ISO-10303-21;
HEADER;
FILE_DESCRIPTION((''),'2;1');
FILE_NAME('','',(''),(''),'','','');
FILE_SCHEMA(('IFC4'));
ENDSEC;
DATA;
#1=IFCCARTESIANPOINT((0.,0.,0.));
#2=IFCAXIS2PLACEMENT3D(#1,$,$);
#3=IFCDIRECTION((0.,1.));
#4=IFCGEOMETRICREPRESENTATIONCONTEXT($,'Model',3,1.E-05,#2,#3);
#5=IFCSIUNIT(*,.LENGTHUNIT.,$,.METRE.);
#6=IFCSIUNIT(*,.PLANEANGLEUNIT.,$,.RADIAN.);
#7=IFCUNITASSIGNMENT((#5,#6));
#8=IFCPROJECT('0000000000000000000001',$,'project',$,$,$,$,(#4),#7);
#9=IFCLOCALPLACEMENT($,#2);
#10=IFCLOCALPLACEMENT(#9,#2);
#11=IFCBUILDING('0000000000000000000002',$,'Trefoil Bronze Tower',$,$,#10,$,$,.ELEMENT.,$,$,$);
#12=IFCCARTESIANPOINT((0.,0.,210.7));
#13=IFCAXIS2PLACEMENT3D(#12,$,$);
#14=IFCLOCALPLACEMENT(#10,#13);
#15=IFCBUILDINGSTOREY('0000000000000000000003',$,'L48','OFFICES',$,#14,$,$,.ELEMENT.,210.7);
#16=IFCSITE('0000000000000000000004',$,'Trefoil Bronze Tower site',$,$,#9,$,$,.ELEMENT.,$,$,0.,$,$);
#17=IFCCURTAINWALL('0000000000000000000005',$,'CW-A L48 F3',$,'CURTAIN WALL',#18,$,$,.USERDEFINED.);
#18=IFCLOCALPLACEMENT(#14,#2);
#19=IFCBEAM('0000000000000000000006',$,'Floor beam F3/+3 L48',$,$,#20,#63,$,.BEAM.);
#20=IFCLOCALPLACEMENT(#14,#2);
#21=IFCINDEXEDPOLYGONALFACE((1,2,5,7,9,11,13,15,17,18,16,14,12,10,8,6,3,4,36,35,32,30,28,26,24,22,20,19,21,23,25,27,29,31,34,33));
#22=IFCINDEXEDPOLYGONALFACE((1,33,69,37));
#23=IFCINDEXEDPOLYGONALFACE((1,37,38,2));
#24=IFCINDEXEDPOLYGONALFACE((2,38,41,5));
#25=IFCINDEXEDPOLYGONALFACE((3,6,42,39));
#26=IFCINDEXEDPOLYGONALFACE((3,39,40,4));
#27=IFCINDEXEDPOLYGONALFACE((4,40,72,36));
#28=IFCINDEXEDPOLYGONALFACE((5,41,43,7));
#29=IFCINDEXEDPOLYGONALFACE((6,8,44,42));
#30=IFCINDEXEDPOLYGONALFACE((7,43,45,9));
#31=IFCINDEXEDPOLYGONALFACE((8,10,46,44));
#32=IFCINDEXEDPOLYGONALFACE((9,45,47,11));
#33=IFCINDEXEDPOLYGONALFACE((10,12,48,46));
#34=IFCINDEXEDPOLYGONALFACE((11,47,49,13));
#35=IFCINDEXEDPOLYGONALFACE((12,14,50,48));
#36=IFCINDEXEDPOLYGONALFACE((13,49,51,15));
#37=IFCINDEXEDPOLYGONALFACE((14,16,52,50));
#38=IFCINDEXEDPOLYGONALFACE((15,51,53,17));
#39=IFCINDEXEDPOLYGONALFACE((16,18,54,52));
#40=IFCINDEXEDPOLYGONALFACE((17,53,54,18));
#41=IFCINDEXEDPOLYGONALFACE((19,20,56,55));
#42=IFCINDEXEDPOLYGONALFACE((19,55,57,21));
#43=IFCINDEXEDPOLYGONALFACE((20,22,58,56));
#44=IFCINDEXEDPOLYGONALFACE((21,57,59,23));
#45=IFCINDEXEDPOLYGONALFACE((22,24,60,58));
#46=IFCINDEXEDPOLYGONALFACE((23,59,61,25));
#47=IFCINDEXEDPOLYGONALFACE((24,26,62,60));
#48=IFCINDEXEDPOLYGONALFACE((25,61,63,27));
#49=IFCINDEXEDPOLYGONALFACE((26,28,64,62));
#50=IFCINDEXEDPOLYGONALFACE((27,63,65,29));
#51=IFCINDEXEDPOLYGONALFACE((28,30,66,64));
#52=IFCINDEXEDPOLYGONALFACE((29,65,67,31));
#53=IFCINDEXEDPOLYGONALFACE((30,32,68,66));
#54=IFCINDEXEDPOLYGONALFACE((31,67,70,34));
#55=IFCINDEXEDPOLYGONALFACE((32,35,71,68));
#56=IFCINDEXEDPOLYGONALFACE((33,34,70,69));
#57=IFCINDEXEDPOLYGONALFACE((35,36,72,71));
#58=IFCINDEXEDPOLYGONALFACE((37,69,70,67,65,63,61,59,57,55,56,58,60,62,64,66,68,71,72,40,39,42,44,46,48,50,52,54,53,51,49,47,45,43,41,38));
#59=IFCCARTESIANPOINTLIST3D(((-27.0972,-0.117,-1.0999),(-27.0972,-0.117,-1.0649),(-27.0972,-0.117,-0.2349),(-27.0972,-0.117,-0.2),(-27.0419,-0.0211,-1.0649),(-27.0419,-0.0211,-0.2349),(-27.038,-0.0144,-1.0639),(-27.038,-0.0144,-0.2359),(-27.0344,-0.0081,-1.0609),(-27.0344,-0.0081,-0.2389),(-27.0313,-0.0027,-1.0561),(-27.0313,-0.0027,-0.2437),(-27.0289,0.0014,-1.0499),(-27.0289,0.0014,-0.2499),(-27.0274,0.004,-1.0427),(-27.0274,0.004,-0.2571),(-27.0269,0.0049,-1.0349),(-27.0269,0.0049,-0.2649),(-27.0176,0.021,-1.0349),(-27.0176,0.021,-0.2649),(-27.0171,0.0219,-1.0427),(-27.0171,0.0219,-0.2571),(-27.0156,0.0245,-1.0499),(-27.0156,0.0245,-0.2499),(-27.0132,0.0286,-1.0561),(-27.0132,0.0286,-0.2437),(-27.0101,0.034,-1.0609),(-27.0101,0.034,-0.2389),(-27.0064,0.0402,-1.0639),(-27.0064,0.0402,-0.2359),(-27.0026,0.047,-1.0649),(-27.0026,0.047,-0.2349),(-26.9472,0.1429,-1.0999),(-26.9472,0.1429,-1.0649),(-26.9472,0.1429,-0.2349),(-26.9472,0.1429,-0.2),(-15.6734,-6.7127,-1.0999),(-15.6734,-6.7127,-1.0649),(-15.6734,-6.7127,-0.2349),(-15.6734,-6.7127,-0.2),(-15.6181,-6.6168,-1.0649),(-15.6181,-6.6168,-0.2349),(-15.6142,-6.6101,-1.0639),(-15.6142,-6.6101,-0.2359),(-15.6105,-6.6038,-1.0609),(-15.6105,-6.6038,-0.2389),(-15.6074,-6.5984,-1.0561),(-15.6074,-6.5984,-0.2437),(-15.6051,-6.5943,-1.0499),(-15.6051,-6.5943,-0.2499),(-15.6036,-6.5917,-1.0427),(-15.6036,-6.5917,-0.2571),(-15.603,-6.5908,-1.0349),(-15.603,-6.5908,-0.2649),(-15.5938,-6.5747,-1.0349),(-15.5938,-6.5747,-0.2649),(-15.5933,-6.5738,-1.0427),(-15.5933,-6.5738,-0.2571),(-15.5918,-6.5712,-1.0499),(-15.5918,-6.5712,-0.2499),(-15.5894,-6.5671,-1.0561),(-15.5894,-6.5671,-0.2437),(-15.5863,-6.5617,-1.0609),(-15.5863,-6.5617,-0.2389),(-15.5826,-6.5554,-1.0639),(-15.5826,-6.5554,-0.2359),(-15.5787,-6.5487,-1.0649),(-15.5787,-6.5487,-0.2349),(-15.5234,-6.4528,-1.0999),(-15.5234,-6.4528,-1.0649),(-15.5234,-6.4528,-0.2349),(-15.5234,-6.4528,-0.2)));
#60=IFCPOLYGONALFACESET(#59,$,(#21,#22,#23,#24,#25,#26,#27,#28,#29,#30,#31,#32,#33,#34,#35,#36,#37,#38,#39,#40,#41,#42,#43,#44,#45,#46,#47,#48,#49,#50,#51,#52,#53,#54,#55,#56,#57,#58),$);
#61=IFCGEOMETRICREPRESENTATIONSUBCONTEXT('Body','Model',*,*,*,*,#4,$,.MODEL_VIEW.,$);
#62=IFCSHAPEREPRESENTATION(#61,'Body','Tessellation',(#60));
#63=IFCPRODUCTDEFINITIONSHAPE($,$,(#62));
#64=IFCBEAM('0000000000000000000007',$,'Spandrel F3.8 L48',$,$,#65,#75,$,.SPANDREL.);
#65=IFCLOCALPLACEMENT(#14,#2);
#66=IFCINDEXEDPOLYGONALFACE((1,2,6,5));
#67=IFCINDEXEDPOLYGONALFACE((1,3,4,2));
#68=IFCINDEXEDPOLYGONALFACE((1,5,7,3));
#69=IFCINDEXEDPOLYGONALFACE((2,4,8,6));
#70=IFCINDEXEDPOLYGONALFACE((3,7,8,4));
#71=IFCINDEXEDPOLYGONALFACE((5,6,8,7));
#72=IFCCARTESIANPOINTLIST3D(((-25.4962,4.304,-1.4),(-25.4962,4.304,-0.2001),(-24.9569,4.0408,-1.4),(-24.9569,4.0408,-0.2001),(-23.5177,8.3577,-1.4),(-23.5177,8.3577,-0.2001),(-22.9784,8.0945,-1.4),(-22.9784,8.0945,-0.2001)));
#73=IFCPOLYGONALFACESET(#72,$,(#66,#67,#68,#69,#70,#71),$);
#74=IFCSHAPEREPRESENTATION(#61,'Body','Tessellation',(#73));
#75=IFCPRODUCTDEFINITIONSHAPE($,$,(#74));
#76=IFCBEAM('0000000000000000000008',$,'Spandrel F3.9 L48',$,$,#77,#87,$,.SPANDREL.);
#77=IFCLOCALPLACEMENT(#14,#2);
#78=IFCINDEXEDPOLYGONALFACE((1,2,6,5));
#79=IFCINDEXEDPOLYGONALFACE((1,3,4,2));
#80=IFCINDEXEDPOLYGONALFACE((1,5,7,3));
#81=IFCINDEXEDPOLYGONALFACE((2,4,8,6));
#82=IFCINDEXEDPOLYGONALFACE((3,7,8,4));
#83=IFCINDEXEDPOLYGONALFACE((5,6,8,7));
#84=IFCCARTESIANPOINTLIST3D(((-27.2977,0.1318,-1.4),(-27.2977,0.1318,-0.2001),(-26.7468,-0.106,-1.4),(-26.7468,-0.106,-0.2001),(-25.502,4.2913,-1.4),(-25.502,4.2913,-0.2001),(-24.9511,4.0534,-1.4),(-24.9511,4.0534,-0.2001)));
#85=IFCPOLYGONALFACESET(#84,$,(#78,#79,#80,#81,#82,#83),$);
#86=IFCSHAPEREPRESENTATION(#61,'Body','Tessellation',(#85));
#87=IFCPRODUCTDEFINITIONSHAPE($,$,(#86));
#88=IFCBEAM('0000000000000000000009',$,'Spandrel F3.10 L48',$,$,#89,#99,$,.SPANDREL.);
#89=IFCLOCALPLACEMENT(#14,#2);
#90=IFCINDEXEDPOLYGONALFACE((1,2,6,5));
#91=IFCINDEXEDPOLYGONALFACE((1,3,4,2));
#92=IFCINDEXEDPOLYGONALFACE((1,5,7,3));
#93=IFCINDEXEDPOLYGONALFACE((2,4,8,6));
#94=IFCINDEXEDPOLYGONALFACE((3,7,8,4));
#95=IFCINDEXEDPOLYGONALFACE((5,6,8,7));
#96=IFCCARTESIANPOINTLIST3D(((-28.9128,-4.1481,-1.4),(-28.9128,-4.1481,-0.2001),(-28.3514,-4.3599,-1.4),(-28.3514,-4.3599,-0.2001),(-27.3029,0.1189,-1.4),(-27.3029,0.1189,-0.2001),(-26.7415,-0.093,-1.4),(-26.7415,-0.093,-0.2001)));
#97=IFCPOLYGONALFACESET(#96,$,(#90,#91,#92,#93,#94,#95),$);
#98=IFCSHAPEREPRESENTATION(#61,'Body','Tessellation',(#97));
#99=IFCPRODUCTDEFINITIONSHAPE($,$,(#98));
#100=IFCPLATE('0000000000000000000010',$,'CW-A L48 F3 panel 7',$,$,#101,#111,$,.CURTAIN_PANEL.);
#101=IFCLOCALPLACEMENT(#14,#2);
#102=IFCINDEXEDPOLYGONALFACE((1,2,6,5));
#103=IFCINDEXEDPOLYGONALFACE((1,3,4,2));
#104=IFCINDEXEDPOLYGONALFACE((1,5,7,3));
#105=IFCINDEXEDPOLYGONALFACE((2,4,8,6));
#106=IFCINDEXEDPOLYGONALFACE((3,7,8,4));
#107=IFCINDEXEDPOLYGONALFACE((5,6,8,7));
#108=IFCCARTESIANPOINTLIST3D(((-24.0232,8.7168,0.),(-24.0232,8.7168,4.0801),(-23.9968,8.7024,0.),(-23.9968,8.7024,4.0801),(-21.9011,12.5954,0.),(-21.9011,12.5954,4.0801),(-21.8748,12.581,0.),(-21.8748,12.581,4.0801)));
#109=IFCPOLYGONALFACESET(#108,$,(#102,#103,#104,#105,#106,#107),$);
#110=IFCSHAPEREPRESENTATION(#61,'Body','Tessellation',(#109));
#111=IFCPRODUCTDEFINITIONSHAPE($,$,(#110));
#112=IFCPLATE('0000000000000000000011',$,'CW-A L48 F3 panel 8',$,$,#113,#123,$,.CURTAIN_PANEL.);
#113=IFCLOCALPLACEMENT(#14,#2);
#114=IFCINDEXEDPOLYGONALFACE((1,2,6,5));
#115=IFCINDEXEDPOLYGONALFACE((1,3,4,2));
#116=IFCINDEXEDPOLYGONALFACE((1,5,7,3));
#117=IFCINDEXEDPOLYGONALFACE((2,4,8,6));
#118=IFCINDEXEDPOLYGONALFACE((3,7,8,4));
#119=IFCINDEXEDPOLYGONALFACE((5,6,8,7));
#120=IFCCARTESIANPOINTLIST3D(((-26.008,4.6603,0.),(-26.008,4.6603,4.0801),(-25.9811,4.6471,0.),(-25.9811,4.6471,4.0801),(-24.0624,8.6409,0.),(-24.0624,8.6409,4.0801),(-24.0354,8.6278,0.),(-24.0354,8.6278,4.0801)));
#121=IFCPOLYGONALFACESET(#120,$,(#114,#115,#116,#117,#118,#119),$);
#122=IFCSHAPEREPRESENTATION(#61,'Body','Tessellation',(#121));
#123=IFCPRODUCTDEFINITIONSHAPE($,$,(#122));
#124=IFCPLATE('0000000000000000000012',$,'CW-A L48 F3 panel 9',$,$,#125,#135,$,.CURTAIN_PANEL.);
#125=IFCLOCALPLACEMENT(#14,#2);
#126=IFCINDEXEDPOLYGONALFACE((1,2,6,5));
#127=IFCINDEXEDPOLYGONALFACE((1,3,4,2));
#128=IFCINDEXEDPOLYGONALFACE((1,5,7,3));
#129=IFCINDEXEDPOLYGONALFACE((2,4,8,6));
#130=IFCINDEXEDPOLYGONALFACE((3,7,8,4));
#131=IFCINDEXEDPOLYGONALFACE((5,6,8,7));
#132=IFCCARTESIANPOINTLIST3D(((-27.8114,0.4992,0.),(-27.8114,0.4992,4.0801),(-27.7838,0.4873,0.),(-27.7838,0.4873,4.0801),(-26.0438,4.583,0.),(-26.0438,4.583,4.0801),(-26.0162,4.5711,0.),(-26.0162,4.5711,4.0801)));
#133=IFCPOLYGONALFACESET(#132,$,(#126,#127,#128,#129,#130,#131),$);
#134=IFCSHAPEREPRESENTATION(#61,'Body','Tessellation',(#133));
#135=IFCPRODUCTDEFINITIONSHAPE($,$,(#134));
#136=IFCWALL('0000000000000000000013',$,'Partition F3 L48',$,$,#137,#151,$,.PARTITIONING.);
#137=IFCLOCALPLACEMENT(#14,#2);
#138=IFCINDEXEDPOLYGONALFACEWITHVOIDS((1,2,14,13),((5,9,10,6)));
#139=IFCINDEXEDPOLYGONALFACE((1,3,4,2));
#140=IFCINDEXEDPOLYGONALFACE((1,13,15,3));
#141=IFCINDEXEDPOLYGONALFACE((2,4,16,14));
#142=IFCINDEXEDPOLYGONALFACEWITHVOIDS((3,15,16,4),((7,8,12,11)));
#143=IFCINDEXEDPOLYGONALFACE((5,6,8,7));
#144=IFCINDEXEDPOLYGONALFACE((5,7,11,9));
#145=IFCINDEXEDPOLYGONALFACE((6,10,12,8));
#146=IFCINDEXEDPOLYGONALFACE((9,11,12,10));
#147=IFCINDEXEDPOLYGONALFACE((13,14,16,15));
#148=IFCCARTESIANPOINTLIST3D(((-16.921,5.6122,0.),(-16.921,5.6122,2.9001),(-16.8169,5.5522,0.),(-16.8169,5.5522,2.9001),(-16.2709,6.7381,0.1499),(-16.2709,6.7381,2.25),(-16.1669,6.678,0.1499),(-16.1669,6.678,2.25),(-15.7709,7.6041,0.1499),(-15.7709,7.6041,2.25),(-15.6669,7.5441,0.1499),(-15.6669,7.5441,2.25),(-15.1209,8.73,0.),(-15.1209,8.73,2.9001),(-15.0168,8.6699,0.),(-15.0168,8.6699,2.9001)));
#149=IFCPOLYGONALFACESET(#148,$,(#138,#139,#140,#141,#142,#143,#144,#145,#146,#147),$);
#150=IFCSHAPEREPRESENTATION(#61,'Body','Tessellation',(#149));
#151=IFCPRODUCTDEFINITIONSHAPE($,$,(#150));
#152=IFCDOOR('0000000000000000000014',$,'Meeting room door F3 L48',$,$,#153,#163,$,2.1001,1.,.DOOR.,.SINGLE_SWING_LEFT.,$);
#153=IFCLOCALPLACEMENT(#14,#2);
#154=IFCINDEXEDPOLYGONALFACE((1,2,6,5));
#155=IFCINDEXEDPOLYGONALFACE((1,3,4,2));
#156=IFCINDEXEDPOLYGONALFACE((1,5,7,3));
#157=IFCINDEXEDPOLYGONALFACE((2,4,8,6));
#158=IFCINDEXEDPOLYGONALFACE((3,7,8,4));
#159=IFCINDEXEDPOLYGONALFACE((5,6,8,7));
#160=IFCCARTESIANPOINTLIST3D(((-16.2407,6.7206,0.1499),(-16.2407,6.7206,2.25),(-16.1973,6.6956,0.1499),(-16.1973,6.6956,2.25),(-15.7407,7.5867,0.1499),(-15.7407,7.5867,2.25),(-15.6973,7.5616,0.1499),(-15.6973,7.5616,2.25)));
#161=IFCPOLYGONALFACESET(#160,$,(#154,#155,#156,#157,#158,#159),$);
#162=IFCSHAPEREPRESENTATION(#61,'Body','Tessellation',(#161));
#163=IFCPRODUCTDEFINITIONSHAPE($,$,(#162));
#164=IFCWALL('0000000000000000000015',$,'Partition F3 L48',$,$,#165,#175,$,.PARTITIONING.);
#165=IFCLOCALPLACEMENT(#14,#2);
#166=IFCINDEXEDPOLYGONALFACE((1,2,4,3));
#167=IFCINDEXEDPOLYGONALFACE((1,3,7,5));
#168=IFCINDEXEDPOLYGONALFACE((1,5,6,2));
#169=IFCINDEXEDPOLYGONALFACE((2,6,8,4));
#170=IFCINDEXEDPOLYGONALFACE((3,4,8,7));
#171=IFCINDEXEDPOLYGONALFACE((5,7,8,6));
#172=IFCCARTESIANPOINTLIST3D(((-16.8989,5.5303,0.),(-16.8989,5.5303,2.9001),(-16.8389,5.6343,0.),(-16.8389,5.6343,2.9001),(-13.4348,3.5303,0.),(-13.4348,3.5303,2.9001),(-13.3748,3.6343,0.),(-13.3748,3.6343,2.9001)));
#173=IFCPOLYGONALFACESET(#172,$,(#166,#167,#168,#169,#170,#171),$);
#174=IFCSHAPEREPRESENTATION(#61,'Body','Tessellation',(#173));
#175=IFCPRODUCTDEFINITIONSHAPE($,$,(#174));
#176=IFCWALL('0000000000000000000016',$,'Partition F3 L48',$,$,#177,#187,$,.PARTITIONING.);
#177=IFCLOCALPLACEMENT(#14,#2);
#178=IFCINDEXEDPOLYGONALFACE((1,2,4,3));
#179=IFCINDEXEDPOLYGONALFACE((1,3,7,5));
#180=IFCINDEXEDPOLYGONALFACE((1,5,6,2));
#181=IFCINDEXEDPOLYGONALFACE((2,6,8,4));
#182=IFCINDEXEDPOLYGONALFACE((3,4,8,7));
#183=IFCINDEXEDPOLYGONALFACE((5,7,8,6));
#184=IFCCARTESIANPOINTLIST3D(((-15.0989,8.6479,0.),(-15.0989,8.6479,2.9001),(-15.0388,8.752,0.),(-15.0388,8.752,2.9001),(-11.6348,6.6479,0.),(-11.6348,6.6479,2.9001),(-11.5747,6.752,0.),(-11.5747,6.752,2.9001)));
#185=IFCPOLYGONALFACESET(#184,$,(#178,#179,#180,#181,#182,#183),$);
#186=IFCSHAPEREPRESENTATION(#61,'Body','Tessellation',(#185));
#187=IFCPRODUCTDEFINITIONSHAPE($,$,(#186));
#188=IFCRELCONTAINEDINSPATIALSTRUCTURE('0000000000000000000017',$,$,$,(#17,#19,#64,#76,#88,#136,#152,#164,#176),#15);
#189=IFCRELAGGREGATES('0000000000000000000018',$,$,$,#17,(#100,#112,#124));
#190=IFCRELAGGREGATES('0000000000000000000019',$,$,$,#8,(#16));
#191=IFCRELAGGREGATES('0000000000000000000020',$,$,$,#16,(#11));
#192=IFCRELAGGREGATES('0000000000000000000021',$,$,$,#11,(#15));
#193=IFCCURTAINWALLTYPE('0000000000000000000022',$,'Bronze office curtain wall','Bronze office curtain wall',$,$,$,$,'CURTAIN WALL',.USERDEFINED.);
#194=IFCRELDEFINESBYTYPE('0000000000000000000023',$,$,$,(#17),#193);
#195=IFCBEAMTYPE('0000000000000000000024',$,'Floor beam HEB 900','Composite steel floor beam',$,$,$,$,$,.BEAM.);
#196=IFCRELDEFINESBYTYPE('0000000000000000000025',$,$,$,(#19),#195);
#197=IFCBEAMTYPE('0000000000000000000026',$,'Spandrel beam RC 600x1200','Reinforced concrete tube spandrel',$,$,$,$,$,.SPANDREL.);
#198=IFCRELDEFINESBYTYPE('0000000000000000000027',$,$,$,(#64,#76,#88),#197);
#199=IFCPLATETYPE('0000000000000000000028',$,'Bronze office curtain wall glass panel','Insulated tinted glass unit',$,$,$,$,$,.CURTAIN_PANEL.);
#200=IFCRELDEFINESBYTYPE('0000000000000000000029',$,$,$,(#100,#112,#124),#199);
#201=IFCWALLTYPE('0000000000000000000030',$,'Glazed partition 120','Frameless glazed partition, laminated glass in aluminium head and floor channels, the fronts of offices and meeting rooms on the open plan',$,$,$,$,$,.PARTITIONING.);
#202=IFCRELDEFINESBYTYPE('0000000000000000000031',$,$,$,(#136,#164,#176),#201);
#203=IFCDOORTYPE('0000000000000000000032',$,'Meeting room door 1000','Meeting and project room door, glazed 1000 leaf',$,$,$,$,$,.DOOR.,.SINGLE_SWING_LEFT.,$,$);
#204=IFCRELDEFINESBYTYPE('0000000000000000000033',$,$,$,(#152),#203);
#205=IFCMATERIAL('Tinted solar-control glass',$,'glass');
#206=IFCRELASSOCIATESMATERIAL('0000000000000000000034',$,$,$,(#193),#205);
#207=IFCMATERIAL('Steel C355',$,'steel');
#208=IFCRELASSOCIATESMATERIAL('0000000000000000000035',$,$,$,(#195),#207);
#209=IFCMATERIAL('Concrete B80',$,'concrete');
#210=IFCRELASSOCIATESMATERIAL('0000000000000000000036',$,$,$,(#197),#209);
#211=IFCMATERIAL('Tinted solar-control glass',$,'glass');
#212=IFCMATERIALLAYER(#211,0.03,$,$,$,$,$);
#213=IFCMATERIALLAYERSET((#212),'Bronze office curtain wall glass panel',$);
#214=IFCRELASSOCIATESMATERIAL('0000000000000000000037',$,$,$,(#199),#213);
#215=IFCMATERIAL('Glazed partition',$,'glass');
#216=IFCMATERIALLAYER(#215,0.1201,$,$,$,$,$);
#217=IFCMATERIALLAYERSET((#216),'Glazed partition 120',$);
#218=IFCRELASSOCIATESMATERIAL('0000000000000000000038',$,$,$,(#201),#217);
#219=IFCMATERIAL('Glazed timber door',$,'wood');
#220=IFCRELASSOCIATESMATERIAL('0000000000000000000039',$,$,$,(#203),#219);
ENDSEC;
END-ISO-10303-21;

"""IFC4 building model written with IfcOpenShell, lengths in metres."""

from ifc_helpers import new_model, si_unit, direction, frame, frame_2d, origin, origin_2d, place, context, subcontext, project, spatial, rectangle, i_section, extrude, material, layer, layer_set, material_profile, profile_set, type_object, element, fill, aggregate, save


model = new_model("IFC4")

# Units and contexts
model_context = context("Model", 3, precision=1e-05, world=origin(), true_north=direction((0.0, 1.0)))
body_context = subcontext(model_context, "Body", "Model", "MODEL_VIEW")
ifc_project = project(units=[si_unit("LENGTHUNIT", "METRE"), si_unit("PLANEANGLEUNIT", "RADIAN")], contexts=[model_context])

# Site, building, storey
site_placement = place(None, origin())
site = spatial("IfcSite", under=ifc_project, at=site_placement, Name="Trefoil Bronze Tower site", CompositionType="ELEMENT", RefElevation=0.0)
building_placement = place(site_placement, origin())
building = spatial("IfcBuilding", under=site, at=building_placement, Name="Trefoil Bronze Tower", CompositionType="ELEMENT")
storey_placement = place(building_placement, frame((0.0, 0.0, 210.7)))
storey = spatial("IfcBuildingStorey", under=building, at=storey_placement, Name="L48", Description="OFFICES", CompositionType="ELEMENT", Elevation=210.7)

# Curtain wall
ifc_material_1 = material(Name="Tinted solar-control glass", Category="glass")
curtain_wall_type = type_object("IfcCurtainWallType", Name="Bronze office curtain wall", Description="Bronze office curtain wall", ElementType="CURTAIN WALL", PredefinedType="USERDEFINED", material=ifc_material_1)
curtain_wall_placement = place(storey_placement, origin())
curtain_wall = element("IfcCurtainWall", 1, at=curtain_wall_placement, inside=storey, type_object=curtain_wall_type, Name="CW-A L48 F3", ObjectType="CURTAIN WALL", PredefinedType="USERDEFINED")

# Beams
ifc_material_2 = material(Name="Steel C355", Category="steel")
ifc_material_profile_1 = material_profile(ifc_material_2, i_section(OverallWidth=0.3, OverallDepth=0.8999, WebThickness=0.0186, FlangeThickness=0.0349, FilletRadius=0.03, at=origin_2d()), Name="HEB 900")
ifc_profile_set_1 = profile_set([ifc_material_profile_1], Name="Steel C355")
beam_type_1 = type_object("IfcBeamType", Name="Floor beam HEB 900", Description="Composite steel floor beam", PredefinedType="BEAM", material=ifc_profile_set_1)
beam_1_placement = place(storey_placement, frame((-27.0222, 0.0129, -0.6499), z_axis=(0.86602, -0.500009, 0.0), x_axis=(0.500009, 0.86602, 0.0)))
element("IfcBeam", 2, at=beam_1_placement, inside=storey, type_object=beam_type_1, Name="Floor beam F3/+3 L48", PredefinedType="BEAM", context=body_context, shape_type="SweptSolid", body=[
    extrude(i_section(OverallWidth=0.3, OverallDepth=0.8999, WebThickness=0.0186, FlangeThickness=0.0349, FilletRadius=0.03, at=origin_2d()), origin(), (0.0, 0.0, 1.0), 13.1912),
])
ifc_material_3 = material(Name="Concrete B80", Category="concrete")
ifc_material_profile_2 = material_profile(ifc_material_3, rectangle(XDim=0.6001, YDim=1.2, at=origin_2d()), Name="RC 600x1200")
ifc_profile_set_2 = profile_set([ifc_material_profile_2], Name="Concrete B80")
beam_type_2 = type_object("IfcBeamType", Name="Spandrel beam RC 600x1200", Description="Reinforced concrete tube spandrel", PredefinedType="SPANDREL", material=ifc_profile_set_2)
beam_2_placement = place(storey_placement, frame((-23.248, 8.2261, -0.8), z_axis=(-0.43862, -0.898673, 0.0), x_axis=(0.898673, -0.43862, 0.0)))
element("IfcBeam", 3, at=beam_2_placement, inside=storey, type_object=beam_type_2, Name="Spandrel F3.8 L48", PredefinedType="SPANDREL", context=body_context, shape_type="SweptSolid", body=[
    extrude(rectangle(XDim=0.6001, YDim=1.2, at=origin_2d()), origin(), (0.0, 0.0, 1.0), 4.5107),
])
beam_3_placement = place(storey_placement, frame((-25.2266, 4.1724, -0.8), z_axis=(-0.39635, -0.918099, 0.0), x_axis=(0.918099, -0.39635, 0.0)))
element("IfcBeam", 4, at=beam_3_placement, inside=storey, type_object=beam_type_2, Name="Spandrel F3.9 L48", PredefinedType="SPANDREL", context=body_context, shape_type="SweptSolid", body=[
    extrude(rectangle(XDim=0.6001, YDim=1.2, at=origin_2d()), origin(), (0.0, 0.0, 1.0), 4.5305),
])
beam_4_placement = place(storey_placement, frame((-27.0222, 0.0129, -0.8), z_axis=(-0.353006, -0.935621, 0.0), x_axis=(0.935621, -0.353006, 0.0)))
element("IfcBeam", 5, at=beam_4_placement, inside=storey, type_object=beam_type_2, Name="Spandrel F3.10 L48", PredefinedType="SPANDREL", context=body_context, shape_type="SweptSolid", body=[
    extrude(rectangle(XDim=0.6001, YDim=1.2, at=origin_2d()), origin(), (0.0, 0.0, 1.0), 4.5605),
])

# Plates
ifc_material_4 = material(Name="Tinted solar-control glass", Category="glass")
ifc_layer_1 = layer(ifc_material_4, 0.03)
ifc_layer_set_1 = layer_set([ifc_layer_1], Name="Bronze office curtain wall glass panel")
plate_type = type_object("IfcPlateType", Name="Bronze office curtain wall glass panel", Description="Insulated tinted glass unit", PredefinedType="CURTAIN_PANEL", material=ifc_layer_set_1)
plate_1_placement = place(storey_placement, frame((-22.949, 10.6489, 0.0), z_axis=(0.0, 0.0, 1.0), x_axis=(-0.479974, -0.877283, 0.0)))
plate_1 = element("IfcPlate", 6, at=plate_1_placement, type_object=plate_type, Name="CW-A L48 F3 panel 7", PredefinedType="CURTAIN_PANEL", context=body_context, shape_type="SweptSolid", body=[
    extrude(rectangle(XDim=4.4211, YDim=0.03, at=origin_2d()), origin(), (0.0, 0.0, 1.0), 4.0801),
])
plate_2_placement = place(storey_placement, frame((-25.0217, 6.644, 0.0), z_axis=(0.0, 0.0, 1.0), x_axis=(-0.439129, -0.898424, 0.0)))
plate_2 = element("IfcPlate", 7, at=plate_2_placement, type_object=plate_type, Name="CW-A L48 F3 panel 8", PredefinedType="CURTAIN_PANEL", context=body_context, shape_type="SweptSolid", body=[
    extrude(rectangle(XDim=4.4307, YDim=0.03, at=origin_2d()), origin(), (0.0, 0.0, 1.0), 4.0801),
])
plate_3_placement = place(storey_placement, frame((-26.9138, 2.5352, 0.0), z_axis=(0.0, 0.0, 1.0), x_axis=(-0.39722, -0.917723, 0.0)))
plate_3 = element("IfcPlate", 8, at=plate_3_placement, type_object=plate_type, Name="CW-A L48 F3 panel 9", PredefinedType="CURTAIN_PANEL", context=body_context, shape_type="SweptSolid", body=[
    extrude(rectangle(XDim=4.45, YDim=0.03, at=origin_2d()), origin(), (0.0, 0.0, 1.0), 4.0801),
])
aggregate(curtain_wall, [plate_1, plate_2, plate_3])

# Wall, opening, door
ifc_material_5 = material(Name="Glazed partition", Category="glass")
ifc_layer_2 = layer(ifc_material_5, 0.1201)
ifc_layer_set_2 = layer_set([ifc_layer_2], Name="Glazed partition 120")
wall_type_1 = type_object("IfcWallType", Name="Glazed partition 120", Description="Frameless glazed partition, laminated glass in aluminium head and floor channels, the fronts of offices and meeting rooms on the open plan", PredefinedType="PARTITIONING", material=ifc_layer_set_2)
wall_placement = place(storey_placement, frame((-15.0688, 8.7, 0.0), z_axis=(0.0, 0.0, 1.0), x_axis=(-0.500012, -0.866018, 0.0)))
wall = element("IfcWall", 9, at=wall_placement, inside=storey, type_object=wall_type_1, Name="Partition F3 L48", PredefinedType="PARTITIONING", context=body_context, shape_type="SweptSolid", body=[
    extrude(rectangle(XDim=3.6001, YDim=0.1201, at=frame_2d((1.8, 0.0))), origin(), (0.0, 0.0, 1.0), 2.9001),
])
opening_placement = place(wall_placement, frame((1.3, 0.0, 0.1499)))
opening = element("IfcOpeningElement", 10, at=opening_placement, cuts=wall, PredefinedType="OPENING", context=body_context, shape_type="SweptSolid", body=[
    extrude(rectangle(XDim=1.0, YDim=2.1001, at=frame_2d((0.5, 1.05))), frame((0.0, 0.0701, 0.0), z_axis=(0.0, -1.0, 0.0), x_axis=(1.0, 0.0, 0.0)), (0.0, 0.0, 1.0), 0.1401),
])
ifc_material_6 = material(Name="Glazed timber door", Category="wood")
door_type = type_object("IfcDoorType", Name="Meeting room door 1000", Description="Meeting and project room door, glazed 1000 leaf", OperationType="SINGLE_SWING_LEFT", PredefinedType="DOOR", material=ifc_material_6)
door_placement = place(opening_placement, origin())
door = element("IfcDoor", 11, at=door_placement, inside=storey, type_object=door_type, Name="Meeting room door F3 L48", OperationType="SINGLE_SWING_LEFT", OverallHeight=2.1001, OverallWidth=1.0, PredefinedType="DOOR", context=body_context, shape_type="SweptSolid", body=[
    extrude(rectangle(XDim=1.0, YDim=2.1001, at=frame_2d((0.5, 1.05))), frame((0.0, 0.0249, 0.0), z_axis=(0.0, -1.0, 0.0), x_axis=(1.0, 0.0, 0.0)), (0.0, 0.0, 1.0), 0.05),
])
fill(opening, door)

# Walls
for number, where, z_axis, x_axis, name in (
    (12, (-13.4048, 3.5823, 0.0), (0.0, 0.0, 1.0), (-0.866026, 0.499999, 0.0), "Partition F3 L48"),
    (13, (-11.6047, 6.7, 0.0), (0.0, 0.0, 1.0), (-0.866026, 0.499999, 0.0), "Partition F3 L48"),
):
    element("IfcWall", number, at=place(storey_placement, frame(where, z_axis=z_axis, x_axis=x_axis)), inside=storey, type_object=wall_type_1, Name=name, PredefinedType="PARTITIONING", context=body_context, shape_type="SweptSolid", body=[
        extrude(rectangle(XDim=4.0, YDim=0.1201, at=frame_2d((2.0, 0.0))), origin(), (0.0, 0.0, 1.0), 2.9001),
    ])

save(model, "model.ifc")
